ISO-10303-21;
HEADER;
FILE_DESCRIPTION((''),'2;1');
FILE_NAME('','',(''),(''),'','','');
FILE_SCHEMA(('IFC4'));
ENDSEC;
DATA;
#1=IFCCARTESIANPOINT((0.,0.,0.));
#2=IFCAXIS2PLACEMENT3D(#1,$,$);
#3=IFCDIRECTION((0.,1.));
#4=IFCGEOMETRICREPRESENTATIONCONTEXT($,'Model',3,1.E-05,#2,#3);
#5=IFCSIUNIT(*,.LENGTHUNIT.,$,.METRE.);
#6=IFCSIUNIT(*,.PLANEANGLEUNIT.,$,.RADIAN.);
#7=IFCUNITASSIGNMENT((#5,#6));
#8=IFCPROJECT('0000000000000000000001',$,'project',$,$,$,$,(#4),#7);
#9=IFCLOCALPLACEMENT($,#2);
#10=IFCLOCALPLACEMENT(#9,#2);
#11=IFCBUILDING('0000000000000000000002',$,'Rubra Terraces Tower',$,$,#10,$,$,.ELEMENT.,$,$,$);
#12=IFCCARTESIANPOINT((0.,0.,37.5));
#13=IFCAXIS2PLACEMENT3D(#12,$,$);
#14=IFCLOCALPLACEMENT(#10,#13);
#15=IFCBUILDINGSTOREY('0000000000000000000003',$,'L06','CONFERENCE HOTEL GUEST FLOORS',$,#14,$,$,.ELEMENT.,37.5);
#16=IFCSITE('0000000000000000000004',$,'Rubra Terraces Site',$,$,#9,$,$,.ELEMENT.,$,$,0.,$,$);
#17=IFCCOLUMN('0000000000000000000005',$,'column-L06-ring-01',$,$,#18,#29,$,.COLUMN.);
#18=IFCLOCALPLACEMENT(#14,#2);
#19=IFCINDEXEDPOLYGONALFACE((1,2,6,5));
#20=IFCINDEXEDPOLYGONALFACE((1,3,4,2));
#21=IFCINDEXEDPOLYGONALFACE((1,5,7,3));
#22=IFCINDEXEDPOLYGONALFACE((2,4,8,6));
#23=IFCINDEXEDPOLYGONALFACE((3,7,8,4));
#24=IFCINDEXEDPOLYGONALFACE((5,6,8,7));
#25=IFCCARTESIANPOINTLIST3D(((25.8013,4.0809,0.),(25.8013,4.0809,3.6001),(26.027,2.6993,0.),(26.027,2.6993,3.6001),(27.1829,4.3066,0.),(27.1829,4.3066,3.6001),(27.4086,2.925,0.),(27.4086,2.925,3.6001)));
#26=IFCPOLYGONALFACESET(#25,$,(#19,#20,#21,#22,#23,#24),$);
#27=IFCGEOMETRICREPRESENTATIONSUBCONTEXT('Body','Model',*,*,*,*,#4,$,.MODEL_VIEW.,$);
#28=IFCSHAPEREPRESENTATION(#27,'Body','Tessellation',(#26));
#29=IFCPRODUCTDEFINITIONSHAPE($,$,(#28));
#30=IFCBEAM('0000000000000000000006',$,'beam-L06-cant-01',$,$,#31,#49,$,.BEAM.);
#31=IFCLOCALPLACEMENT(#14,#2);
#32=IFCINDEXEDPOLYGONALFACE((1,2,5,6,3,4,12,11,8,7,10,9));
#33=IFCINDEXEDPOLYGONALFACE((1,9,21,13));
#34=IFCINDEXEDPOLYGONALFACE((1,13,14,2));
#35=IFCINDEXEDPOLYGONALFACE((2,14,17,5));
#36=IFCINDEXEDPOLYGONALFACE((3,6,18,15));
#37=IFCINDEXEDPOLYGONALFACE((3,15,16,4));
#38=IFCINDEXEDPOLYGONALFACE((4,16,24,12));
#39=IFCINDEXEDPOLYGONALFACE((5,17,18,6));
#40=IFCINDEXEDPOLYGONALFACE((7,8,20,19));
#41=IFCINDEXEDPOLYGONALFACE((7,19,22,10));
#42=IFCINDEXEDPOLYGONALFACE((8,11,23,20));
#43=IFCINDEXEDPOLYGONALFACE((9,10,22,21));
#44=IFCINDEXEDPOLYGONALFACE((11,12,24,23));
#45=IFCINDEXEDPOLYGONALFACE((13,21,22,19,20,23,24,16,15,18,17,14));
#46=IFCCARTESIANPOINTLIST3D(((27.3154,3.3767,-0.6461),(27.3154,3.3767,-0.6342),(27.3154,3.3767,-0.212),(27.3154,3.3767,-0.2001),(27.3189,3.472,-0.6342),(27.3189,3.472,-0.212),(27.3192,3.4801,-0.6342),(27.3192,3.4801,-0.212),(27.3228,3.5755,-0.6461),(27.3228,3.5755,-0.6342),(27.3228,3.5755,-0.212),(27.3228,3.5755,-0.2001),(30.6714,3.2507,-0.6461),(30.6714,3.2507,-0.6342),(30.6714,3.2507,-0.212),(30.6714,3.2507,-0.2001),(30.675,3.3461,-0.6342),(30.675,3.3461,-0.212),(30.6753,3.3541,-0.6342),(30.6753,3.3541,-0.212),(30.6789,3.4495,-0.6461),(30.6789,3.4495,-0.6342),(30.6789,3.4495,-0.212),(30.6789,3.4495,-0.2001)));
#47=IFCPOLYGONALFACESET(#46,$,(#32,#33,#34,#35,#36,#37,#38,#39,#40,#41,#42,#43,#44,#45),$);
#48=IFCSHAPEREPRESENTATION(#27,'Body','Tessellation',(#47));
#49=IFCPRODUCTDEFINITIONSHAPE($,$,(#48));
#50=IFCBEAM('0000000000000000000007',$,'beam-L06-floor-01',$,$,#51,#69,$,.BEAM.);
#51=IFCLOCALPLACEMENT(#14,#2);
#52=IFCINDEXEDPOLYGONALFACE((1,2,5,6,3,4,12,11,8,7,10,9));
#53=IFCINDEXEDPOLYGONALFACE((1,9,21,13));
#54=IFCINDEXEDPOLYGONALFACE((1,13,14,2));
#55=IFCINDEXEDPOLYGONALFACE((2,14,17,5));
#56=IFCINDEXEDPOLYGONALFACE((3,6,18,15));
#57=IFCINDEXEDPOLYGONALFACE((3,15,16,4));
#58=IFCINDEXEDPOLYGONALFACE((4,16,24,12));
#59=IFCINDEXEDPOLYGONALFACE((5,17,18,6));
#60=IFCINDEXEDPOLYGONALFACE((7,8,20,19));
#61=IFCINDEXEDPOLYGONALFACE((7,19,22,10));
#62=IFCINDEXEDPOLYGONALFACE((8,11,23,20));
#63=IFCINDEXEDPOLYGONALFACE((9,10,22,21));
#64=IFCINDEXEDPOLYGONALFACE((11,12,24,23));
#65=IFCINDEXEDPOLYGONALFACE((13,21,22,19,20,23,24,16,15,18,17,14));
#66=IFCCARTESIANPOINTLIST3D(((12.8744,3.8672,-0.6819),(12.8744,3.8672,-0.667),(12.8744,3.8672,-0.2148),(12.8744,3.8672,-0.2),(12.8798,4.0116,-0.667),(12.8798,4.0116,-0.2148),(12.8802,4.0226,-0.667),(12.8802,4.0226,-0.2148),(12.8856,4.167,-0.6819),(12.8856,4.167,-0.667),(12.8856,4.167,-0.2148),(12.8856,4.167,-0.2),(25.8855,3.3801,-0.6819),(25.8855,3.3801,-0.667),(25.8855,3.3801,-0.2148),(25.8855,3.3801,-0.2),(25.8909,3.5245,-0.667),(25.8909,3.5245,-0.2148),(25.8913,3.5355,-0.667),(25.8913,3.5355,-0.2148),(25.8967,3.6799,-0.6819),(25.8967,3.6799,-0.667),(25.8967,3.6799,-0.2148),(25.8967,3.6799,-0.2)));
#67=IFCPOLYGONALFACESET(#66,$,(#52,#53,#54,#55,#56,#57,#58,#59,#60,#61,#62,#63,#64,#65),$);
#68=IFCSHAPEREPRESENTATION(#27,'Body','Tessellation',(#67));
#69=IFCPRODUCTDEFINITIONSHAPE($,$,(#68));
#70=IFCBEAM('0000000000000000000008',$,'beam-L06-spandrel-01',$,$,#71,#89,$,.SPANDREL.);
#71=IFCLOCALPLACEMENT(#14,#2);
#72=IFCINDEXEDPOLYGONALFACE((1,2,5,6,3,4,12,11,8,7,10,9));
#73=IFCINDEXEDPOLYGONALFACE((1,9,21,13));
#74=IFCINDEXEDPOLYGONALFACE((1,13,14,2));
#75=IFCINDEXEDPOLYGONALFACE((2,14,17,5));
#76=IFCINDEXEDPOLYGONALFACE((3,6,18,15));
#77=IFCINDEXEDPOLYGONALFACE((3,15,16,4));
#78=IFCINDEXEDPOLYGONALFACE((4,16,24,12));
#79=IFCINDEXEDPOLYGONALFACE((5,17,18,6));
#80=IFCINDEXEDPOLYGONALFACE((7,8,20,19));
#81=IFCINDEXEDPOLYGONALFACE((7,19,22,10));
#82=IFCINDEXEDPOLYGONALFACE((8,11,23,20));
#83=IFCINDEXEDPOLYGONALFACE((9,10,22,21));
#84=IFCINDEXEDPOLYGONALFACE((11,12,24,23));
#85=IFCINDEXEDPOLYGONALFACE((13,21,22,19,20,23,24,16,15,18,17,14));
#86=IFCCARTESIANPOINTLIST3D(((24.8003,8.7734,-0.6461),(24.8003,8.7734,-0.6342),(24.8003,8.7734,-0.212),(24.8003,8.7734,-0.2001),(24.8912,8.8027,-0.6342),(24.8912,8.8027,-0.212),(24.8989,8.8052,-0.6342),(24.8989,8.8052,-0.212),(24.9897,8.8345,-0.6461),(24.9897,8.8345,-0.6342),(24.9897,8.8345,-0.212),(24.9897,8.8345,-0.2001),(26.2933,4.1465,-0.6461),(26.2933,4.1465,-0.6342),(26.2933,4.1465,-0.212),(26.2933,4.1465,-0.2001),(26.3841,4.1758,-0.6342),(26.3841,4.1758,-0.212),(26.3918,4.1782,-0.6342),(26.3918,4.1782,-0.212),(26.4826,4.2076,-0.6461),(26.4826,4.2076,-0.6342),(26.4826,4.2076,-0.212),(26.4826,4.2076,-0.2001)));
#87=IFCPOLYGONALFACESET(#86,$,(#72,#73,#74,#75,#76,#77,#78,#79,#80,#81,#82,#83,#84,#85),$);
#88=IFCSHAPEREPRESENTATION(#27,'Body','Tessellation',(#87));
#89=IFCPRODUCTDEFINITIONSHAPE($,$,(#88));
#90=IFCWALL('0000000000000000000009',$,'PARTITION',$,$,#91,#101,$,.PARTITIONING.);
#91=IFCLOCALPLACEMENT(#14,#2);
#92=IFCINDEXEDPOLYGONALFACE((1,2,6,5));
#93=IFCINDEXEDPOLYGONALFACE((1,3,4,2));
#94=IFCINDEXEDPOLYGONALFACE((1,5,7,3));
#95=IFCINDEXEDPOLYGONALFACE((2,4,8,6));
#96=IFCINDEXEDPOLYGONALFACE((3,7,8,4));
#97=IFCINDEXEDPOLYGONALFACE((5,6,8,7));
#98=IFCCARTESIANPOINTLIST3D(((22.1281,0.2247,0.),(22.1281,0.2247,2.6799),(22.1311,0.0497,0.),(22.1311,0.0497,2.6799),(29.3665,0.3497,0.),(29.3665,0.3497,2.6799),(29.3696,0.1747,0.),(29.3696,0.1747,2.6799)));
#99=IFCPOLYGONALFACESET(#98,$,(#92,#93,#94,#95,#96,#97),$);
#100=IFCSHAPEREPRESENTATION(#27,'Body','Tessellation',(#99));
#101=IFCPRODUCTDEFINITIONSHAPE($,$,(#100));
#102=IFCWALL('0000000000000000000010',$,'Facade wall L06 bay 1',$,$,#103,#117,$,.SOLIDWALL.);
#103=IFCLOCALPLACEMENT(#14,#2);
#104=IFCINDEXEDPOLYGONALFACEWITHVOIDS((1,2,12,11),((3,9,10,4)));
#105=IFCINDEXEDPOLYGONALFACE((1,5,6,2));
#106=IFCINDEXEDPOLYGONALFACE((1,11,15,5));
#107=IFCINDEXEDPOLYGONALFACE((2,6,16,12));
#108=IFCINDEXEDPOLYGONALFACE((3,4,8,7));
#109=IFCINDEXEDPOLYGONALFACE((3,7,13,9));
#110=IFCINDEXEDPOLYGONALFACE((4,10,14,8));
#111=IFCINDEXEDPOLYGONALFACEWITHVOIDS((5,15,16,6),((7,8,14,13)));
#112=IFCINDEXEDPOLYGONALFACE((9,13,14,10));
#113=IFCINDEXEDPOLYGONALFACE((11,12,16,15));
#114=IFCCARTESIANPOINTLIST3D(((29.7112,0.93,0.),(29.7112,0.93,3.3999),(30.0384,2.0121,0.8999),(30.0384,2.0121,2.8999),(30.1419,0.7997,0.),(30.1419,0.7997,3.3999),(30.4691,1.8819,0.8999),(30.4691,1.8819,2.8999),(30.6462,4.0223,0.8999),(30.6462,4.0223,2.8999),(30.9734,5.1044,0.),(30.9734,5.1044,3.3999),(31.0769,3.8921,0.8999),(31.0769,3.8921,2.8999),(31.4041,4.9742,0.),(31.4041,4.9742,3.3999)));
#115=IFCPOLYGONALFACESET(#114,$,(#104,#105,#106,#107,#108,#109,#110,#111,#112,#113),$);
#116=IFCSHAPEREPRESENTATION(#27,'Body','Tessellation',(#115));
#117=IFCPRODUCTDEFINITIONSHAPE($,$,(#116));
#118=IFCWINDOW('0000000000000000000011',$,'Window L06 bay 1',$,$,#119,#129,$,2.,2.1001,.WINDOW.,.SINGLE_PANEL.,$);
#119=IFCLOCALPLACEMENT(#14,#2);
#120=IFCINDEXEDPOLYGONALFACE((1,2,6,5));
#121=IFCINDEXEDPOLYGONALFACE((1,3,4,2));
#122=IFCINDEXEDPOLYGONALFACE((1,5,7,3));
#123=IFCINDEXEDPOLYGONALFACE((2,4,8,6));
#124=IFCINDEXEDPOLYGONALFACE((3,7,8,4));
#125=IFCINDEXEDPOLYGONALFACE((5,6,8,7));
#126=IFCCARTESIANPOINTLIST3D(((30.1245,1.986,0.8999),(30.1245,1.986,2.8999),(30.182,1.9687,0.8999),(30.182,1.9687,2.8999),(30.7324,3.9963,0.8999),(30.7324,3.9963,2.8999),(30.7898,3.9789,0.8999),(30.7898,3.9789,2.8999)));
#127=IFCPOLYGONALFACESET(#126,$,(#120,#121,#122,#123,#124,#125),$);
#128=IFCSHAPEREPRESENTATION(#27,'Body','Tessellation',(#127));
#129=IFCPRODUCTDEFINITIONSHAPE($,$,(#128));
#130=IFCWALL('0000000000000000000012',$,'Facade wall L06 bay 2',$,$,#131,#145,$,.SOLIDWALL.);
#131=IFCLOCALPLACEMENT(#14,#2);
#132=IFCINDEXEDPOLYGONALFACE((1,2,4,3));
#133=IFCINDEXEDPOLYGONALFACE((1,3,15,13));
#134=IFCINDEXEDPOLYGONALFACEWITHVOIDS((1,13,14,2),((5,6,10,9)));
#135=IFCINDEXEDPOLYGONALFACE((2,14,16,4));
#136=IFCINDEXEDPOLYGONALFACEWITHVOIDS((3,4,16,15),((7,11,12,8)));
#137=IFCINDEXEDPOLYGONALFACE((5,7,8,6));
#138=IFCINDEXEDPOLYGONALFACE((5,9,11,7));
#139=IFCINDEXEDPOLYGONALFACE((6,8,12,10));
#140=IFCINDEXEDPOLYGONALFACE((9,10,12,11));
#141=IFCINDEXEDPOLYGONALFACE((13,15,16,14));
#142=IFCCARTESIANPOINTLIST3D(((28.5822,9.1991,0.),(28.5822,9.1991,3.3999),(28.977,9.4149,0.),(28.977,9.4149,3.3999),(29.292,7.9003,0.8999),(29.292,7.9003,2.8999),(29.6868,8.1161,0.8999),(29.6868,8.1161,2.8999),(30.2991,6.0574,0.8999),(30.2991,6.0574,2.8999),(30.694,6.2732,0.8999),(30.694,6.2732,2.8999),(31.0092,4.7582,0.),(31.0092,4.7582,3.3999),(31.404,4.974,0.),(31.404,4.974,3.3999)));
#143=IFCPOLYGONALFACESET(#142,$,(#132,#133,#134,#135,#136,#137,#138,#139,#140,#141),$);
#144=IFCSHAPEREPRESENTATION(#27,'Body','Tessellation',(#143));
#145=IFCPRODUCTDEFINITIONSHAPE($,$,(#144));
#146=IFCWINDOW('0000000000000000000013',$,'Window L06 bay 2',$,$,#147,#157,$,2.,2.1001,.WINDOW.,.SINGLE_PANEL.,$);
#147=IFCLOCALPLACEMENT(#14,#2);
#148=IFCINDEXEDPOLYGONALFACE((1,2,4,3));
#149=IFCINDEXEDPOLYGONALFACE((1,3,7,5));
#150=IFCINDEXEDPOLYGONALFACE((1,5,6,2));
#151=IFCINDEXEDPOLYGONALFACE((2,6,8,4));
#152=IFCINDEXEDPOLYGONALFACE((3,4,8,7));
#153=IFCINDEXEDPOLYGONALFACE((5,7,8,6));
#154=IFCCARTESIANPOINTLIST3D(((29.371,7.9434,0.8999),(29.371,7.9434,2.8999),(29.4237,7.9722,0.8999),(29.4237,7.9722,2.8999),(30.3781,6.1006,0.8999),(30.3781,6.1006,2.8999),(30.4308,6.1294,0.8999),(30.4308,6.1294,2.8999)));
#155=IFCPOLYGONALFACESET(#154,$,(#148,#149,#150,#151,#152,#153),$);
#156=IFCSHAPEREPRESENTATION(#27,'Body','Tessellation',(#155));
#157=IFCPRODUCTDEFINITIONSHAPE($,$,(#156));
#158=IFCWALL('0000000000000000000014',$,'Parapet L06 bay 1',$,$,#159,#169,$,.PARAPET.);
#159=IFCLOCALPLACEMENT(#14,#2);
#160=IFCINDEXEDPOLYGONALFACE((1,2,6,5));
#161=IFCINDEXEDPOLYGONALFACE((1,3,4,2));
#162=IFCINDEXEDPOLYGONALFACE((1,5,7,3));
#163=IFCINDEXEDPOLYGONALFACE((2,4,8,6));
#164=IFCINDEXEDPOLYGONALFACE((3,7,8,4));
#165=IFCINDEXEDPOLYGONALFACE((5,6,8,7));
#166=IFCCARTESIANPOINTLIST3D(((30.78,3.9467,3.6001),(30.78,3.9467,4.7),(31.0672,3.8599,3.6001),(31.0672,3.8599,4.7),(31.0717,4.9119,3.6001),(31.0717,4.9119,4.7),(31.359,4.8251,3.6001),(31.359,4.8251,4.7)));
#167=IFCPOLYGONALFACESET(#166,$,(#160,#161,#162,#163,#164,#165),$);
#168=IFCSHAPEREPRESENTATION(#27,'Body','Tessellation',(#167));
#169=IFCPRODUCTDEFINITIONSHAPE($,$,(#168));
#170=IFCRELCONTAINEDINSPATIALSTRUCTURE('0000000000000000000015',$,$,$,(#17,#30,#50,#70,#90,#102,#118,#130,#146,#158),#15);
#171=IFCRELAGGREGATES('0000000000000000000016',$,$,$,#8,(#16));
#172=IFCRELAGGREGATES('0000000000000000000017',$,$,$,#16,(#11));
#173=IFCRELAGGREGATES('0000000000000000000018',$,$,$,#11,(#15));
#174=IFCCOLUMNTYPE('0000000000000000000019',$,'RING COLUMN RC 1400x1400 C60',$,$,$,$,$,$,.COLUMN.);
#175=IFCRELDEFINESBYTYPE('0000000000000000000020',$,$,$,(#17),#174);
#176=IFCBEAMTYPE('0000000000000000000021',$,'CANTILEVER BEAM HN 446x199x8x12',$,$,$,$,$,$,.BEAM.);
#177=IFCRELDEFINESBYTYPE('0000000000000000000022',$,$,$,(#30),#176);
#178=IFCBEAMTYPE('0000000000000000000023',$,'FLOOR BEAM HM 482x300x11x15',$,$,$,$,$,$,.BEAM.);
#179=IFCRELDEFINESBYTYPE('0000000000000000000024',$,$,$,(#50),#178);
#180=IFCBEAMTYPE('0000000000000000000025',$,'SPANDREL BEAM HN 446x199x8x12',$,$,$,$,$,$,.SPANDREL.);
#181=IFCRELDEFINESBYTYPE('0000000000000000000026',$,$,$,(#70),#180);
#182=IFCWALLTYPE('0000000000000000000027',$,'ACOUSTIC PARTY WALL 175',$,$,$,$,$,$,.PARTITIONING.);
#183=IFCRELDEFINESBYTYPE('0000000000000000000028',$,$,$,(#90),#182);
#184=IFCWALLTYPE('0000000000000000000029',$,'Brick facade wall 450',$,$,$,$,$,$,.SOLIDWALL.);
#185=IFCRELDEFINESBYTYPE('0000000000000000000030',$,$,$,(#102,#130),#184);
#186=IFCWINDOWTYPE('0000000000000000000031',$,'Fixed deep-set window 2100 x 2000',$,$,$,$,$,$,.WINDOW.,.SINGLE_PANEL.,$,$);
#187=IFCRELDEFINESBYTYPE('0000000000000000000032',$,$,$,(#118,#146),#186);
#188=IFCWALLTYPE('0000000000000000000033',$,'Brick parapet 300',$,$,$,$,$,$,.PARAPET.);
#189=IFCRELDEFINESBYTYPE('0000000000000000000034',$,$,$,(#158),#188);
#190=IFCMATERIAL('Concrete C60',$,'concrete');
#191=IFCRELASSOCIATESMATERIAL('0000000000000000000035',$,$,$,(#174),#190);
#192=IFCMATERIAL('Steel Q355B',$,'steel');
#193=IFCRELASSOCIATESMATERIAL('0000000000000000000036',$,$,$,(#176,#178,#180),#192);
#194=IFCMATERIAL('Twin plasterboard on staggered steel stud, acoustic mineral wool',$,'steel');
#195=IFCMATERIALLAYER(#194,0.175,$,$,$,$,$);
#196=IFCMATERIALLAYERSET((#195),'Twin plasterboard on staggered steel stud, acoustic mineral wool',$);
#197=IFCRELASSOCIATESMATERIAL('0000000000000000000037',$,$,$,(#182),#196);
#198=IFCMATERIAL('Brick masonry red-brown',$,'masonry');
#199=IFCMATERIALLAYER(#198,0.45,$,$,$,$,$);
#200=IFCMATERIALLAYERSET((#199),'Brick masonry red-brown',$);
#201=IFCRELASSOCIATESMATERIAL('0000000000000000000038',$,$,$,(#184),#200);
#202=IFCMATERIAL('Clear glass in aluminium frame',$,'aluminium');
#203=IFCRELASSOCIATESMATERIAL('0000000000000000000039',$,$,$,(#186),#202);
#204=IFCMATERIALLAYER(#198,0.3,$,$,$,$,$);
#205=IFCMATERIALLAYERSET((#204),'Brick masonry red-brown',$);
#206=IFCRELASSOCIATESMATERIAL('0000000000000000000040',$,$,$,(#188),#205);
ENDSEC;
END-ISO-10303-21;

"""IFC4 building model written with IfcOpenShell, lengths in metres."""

from ifc_helpers import new_model, si_unit, direction, frame, frame_2d, origin, origin_2d, place, context, subcontext, project, spatial, rectangle, i_section, extrude, material, layer, layer_set, material_profile, profile_set, type_object, element, fill, save


model = new_model("IFC4")

# Units and contexts
model_context = context("Model", 3, precision=1e-05, world=origin(), true_north=direction((0.0, 1.0)))
body_context = subcontext(model_context, "Body", "Model", "MODEL_VIEW")
ifc_project = project(units=[si_unit("LENGTHUNIT", "METRE"), si_unit("PLANEANGLEUNIT", "RADIAN")], contexts=[model_context])

# Site, building, storey
site_placement = place(None, origin())
site = spatial("IfcSite", under=ifc_project, at=site_placement, Name="Rubra Terraces Site", CompositionType="ELEMENT", RefElevation=0.0)
building_placement = place(site_placement, origin())
building = spatial("IfcBuilding", under=site, at=building_placement, Name="Rubra Terraces Tower", CompositionType="ELEMENT")
storey_placement = place(building_placement, frame((0.0, 0.0, 37.5)))
storey = spatial("IfcBuildingStorey", under=building, at=storey_placement, Name="L06", Description="CONFERENCE HOTEL GUEST FLOORS", CompositionType="ELEMENT", Elevation=37.5)

# Column
ifc_material_1 = material(Name="Concrete C60", Category="concrete")
ifc_material_profile_1 = material_profile(ifc_material_1, rectangle(XDim=1.3999, YDim=1.3999, at=origin_2d()), Name="RC 1400x1400")
ifc_profile_set_1 = profile_set([ifc_material_profile_1], Name="Concrete C60")
column_type = type_object("IfcColumnType", Name="RING COLUMN RC 1400x1400 C60", PredefinedType="COLUMN", material=ifc_profile_set_1)
column_placement = place(storey_placement, frame((26.605, 3.5029, 0.0), z_axis=(0.0, 0.0, 1.0), x_axis=(-0.161234, 0.986916, 0.0)))
element("IfcColumn", 1, at=column_placement, inside=storey, type_object=column_type, Name="column-L06-ring-01", PredefinedType="COLUMN", context=body_context, shape_type="SweptSolid", body=[
    extrude(rectangle(XDim=1.3999, YDim=1.3999, at=origin_2d()), origin(), (0.0, 0.0, 1.0), 3.6001),
])

# Beams
ifc_material_2 = material(Name="Steel Q355B", Category="steel")
ifc_material_profile_2 = material_profile(ifc_material_2, i_section(OverallWidth=0.199, OverallDepth=0.446, WebThickness=0.0081, FlangeThickness=0.012, at=origin_2d()), Name="HN 446x199x8x12")
ifc_profile_set_2 = profile_set([ifc_material_profile_2], Name="Steel Q355B")
beam_type_1 = type_object("IfcBeamType", Name="CANTILEVER BEAM HN 446x199x8x12", PredefinedType="BEAM", material=ifc_profile_set_2)
beam_1_placement = place(storey_placement, frame((27.3191, 3.4761, -0.4231), z_axis=(0.999296, -0.037512, 0.0), x_axis=(0.037512, 0.999296, 0.0)))
element("IfcBeam", 2, at=beam_1_placement, inside=storey, type_object=beam_type_1, Name="beam-L06-cant-01", PredefinedType="BEAM", context=body_context, shape_type="SweptSolid", body=[
    extrude(i_section(OverallWidth=0.199, OverallDepth=0.446, WebThickness=0.0081, FlangeThickness=0.012, at=origin_2d()), origin(), (0.0, 0.0, 1.0), 3.3584),
])
ifc_material_profile_3 = material_profile(ifc_material_2, i_section(OverallWidth=0.3, OverallDepth=0.4819, WebThickness=0.011, FlangeThickness=0.0149, at=origin_2d()), Name="HM 482x300x11x15")
ifc_profile_set_3 = profile_set([ifc_material_profile_3], Name="Steel Q355B")
beam_type_2 = type_object("IfcBeamType", Name="FLOOR BEAM HM 482x300x11x15", PredefinedType="BEAM", material=ifc_profile_set_3)
beam_2_placement = place(storey_placement, frame((25.8911, 3.53, -0.4409), z_axis=(-0.9993, 0.037408, 0.0), x_axis=(-0.037408, -0.9993, 0.0)))
element("IfcBeam", 3, at=beam_2_placement, inside=storey, type_object=beam_type_2, Name="beam-L06-floor-01", PredefinedType="BEAM", context=body_context, shape_type="SweptSolid", body=[
    extrude(i_section(OverallWidth=0.3, OverallDepth=0.4819, WebThickness=0.011, FlangeThickness=0.0149, at=origin_2d()), origin(), (0.0, 0.0, 1.0), 13.0203),
])
ifc_material_profile_4 = material_profile(ifc_material_2, i_section(OverallWidth=0.199, OverallDepth=0.446, WebThickness=0.0081, FlangeThickness=0.012, at=origin_2d()), Name="HN 446x199x8x12")
ifc_profile_set_4 = profile_set([ifc_material_profile_4], Name="Steel Q355B")
beam_type_3 = type_object("IfcBeamType", Name="SPANDREL BEAM HN 446x199x8x12", PredefinedType="SPANDREL", material=ifc_profile_set_4)
beam_3_placement = place(storey_placement, frame((26.3879, 4.177, -0.4231), z_axis=(-0.307069, 0.951687, 0.0), x_axis=(-0.951687, -0.307069, 0.0)))
element("IfcBeam", 4, at=beam_3_placement, inside=storey, type_object=beam_type_3, Name="beam-L06-spandrel-01", PredefinedType="SPANDREL", context=body_context, shape_type="SweptSolid", body=[
    extrude(i_section(OverallWidth=0.199, OverallDepth=0.446, WebThickness=0.0081, FlangeThickness=0.012, at=origin_2d()), origin(), (0.0, 0.0, 1.0), 4.8618),
])

# Wall
ifc_material_3 = material(Name="Twin plasterboard on staggered steel stud, acoustic mineral wool", Category="steel")
ifc_layer_1 = layer(ifc_material_3, 0.175)
ifc_layer_set_1 = layer_set([ifc_layer_1], Name="Twin plasterboard on staggered steel stud, acoustic mineral wool")
wall_type_1 = type_object("IfcWallType", Name="ACOUSTIC PARTY WALL 175", PredefinedType="PARTITIONING", material=ifc_layer_set_1)
wall_1_placement = place(storey_placement, frame((29.3679, 0.2622, 0.0), z_axis=(0.0, 0.0, 1.0), x_axis=(-0.999851, -0.017266, 0.0)))
element("IfcWall", 5, at=wall_1_placement, inside=storey, type_object=wall_type_1, Name="PARTITION", PredefinedType="PARTITIONING", context=body_context, shape_type="SweptSolid", body=[
    extrude(rectangle(XDim=7.2395, YDim=0.175, at=frame_2d((3.6196, 0.0))), origin(), (0.0, 0.0, 1.0), 2.6799),
])

# Walls, openings, windows
ifc_material_4 = material(Name="Brick masonry red-brown", Category="masonry")
ifc_layer_2 = layer(ifc_material_4, 0.45)
ifc_layer_set_2 = layer_set([ifc_layer_2], Name="Brick masonry red-brown")
wall_type_2 = type_object("IfcWallType", Name="Brick facade wall 450", PredefinedType="SOLIDWALL", material=ifc_layer_set_2)
wall_2_placement = place(storey_placement, frame((29.9265, 0.8647, 0.0), z_axis=(0.0, 0.0, 1.0), x_axis=(0.289432, 0.957198, 0.0)))
wall_2 = element("IfcWall", 6, at=wall_2_placement, inside=storey, type_object=wall_type_2, Name="Facade wall L06 bay 1", PredefinedType="SOLIDWALL", context=body_context, shape_type="SweptSolid", body=[
    extrude(rectangle(XDim=4.3611, YDim=0.45, at=frame_2d((2.1807, 0.0))), origin(), (0.0, 0.0, 1.0), 3.3999),
])
opening_1_placement = place(wall_2_placement, frame((1.1306, 0.0, 0.8999)))
opening_1 = element("IfcOpeningElement", 7, at=opening_1_placement, cuts=wall_2, PredefinedType="OPENING", context=body_context, shape_type="SweptSolid", body=[
    extrude(rectangle(XDim=2.1001, YDim=2.0, at=frame_2d((1.05, 1.0))), frame((0.0, 0.2349, 0.0), z_axis=(0.0, -1.0, 0.0), x_axis=(1.0, 0.0, 0.0)), (0.0, 0.0, 1.0), 0.47),
])
ifc_material_5 = material(Name="Clear glass in aluminium frame", Category="aluminium")
window_type = type_object("IfcWindowType", Name="Fixed deep-set window 2100 x 2000", PartitioningType="SINGLE_PANEL", PredefinedType="WINDOW", material=ifc_material_5)
window_1_placement = place(opening_1_placement, origin())
window_1 = element("IfcWindow", 8, at=window_1_placement, inside=storey, type_object=window_type, Name="Window L06 bay 1", OverallHeight=2.0, OverallWidth=2.1001, PartitioningType="SINGLE_PANEL", PredefinedType="WINDOW", context=body_context, shape_type="SweptSolid", body=[
    extrude(rectangle(XDim=2.1001, YDim=2.0, at=frame_2d((1.05, 1.0))), frame((0.0, 0.135, 0.0), z_axis=(0.0, -1.0, 0.0), x_axis=(1.0, 0.0, 0.0)), (0.0, 0.0, 1.0), 0.0601),
])
fill(opening_1, window_1)
wall_3_placement = place(storey_placement, frame((31.2065, 4.8662, 0.0), z_axis=(0.0, 0.0, 1.0), x_axis=(-0.479565, 0.877506, 0.0)))
wall_3 = element("IfcWall", 9, at=wall_3_placement, inside=storey, type_object=wall_type_2, Name="Facade wall L06 bay 2", PredefinedType="SOLIDWALL", context=body_context, shape_type="SweptSolid", body=[
    extrude(rectangle(XDim=5.0608, YDim=0.45, at=frame_2d((2.5303, 0.0))), origin(), (0.0, 0.0, 1.0), 3.3999),
])
opening_2_placement = place(wall_3_placement, frame((1.4805, 0.0, 0.8999)))
opening_2 = element("IfcOpeningElement", 10, at=opening_2_placement, cuts=wall_3, PredefinedType="OPENING", context=body_context, shape_type="SweptSolid", body=[
    extrude(rectangle(XDim=2.1001, YDim=2.0, at=frame_2d((1.05, 1.0))), frame((0.0, 0.2349, 0.0), z_axis=(0.0, -1.0, 0.0), x_axis=(1.0, 0.0, 0.0)), (0.0, 0.0, 1.0), 0.47),
])
window_2_placement = place(opening_2_placement, origin())
window_2 = element("IfcWindow", 11, at=window_2_placement, inside=storey, type_object=window_type, Name="Window L06 bay 2", OverallHeight=2.0, OverallWidth=2.1001, PartitioningType="SINGLE_PANEL", PredefinedType="WINDOW", context=body_context, shape_type="SweptSolid", body=[
    extrude(rectangle(XDim=2.1001, YDim=2.0, at=frame_2d((1.05, 1.0))), frame((0.0, 0.135, 0.0), z_axis=(0.0, -1.0, 0.0), x_axis=(1.0, 0.0, 0.0)), (0.0, 0.0, 1.0), 0.0601),
])
fill(opening_2, window_2)

# Wall
ifc_layer_3 = layer(ifc_material_4, 0.3)
ifc_layer_set_3 = layer_set([ifc_layer_3], Name="Brick masonry red-brown")
wall_type_3 = type_object("IfcWallType", Name="Brick parapet 300", PredefinedType="PARAPET", material=ifc_layer_set_3)
wall_4_placement = place(storey_placement, frame((30.9236, 3.9033, 3.6001), z_axis=(0.0, 0.0, 1.0), x_axis=(0.289369, 0.957218, 0.0)))
element("IfcWall", 12, at=wall_4_placement, inside=storey, type_object=wall_type_3, Name="Parapet L06 bay 1", PredefinedType="PARAPET", context=body_context, shape_type="SweptSolid", body=[
    extrude(rectangle(XDim=1.0083, YDim=0.3, at=frame_2d((0.5042, 0.0))), origin(), (0.0, 0.0, 1.0), 1.0999),
])

save(model, "model.ifc")
